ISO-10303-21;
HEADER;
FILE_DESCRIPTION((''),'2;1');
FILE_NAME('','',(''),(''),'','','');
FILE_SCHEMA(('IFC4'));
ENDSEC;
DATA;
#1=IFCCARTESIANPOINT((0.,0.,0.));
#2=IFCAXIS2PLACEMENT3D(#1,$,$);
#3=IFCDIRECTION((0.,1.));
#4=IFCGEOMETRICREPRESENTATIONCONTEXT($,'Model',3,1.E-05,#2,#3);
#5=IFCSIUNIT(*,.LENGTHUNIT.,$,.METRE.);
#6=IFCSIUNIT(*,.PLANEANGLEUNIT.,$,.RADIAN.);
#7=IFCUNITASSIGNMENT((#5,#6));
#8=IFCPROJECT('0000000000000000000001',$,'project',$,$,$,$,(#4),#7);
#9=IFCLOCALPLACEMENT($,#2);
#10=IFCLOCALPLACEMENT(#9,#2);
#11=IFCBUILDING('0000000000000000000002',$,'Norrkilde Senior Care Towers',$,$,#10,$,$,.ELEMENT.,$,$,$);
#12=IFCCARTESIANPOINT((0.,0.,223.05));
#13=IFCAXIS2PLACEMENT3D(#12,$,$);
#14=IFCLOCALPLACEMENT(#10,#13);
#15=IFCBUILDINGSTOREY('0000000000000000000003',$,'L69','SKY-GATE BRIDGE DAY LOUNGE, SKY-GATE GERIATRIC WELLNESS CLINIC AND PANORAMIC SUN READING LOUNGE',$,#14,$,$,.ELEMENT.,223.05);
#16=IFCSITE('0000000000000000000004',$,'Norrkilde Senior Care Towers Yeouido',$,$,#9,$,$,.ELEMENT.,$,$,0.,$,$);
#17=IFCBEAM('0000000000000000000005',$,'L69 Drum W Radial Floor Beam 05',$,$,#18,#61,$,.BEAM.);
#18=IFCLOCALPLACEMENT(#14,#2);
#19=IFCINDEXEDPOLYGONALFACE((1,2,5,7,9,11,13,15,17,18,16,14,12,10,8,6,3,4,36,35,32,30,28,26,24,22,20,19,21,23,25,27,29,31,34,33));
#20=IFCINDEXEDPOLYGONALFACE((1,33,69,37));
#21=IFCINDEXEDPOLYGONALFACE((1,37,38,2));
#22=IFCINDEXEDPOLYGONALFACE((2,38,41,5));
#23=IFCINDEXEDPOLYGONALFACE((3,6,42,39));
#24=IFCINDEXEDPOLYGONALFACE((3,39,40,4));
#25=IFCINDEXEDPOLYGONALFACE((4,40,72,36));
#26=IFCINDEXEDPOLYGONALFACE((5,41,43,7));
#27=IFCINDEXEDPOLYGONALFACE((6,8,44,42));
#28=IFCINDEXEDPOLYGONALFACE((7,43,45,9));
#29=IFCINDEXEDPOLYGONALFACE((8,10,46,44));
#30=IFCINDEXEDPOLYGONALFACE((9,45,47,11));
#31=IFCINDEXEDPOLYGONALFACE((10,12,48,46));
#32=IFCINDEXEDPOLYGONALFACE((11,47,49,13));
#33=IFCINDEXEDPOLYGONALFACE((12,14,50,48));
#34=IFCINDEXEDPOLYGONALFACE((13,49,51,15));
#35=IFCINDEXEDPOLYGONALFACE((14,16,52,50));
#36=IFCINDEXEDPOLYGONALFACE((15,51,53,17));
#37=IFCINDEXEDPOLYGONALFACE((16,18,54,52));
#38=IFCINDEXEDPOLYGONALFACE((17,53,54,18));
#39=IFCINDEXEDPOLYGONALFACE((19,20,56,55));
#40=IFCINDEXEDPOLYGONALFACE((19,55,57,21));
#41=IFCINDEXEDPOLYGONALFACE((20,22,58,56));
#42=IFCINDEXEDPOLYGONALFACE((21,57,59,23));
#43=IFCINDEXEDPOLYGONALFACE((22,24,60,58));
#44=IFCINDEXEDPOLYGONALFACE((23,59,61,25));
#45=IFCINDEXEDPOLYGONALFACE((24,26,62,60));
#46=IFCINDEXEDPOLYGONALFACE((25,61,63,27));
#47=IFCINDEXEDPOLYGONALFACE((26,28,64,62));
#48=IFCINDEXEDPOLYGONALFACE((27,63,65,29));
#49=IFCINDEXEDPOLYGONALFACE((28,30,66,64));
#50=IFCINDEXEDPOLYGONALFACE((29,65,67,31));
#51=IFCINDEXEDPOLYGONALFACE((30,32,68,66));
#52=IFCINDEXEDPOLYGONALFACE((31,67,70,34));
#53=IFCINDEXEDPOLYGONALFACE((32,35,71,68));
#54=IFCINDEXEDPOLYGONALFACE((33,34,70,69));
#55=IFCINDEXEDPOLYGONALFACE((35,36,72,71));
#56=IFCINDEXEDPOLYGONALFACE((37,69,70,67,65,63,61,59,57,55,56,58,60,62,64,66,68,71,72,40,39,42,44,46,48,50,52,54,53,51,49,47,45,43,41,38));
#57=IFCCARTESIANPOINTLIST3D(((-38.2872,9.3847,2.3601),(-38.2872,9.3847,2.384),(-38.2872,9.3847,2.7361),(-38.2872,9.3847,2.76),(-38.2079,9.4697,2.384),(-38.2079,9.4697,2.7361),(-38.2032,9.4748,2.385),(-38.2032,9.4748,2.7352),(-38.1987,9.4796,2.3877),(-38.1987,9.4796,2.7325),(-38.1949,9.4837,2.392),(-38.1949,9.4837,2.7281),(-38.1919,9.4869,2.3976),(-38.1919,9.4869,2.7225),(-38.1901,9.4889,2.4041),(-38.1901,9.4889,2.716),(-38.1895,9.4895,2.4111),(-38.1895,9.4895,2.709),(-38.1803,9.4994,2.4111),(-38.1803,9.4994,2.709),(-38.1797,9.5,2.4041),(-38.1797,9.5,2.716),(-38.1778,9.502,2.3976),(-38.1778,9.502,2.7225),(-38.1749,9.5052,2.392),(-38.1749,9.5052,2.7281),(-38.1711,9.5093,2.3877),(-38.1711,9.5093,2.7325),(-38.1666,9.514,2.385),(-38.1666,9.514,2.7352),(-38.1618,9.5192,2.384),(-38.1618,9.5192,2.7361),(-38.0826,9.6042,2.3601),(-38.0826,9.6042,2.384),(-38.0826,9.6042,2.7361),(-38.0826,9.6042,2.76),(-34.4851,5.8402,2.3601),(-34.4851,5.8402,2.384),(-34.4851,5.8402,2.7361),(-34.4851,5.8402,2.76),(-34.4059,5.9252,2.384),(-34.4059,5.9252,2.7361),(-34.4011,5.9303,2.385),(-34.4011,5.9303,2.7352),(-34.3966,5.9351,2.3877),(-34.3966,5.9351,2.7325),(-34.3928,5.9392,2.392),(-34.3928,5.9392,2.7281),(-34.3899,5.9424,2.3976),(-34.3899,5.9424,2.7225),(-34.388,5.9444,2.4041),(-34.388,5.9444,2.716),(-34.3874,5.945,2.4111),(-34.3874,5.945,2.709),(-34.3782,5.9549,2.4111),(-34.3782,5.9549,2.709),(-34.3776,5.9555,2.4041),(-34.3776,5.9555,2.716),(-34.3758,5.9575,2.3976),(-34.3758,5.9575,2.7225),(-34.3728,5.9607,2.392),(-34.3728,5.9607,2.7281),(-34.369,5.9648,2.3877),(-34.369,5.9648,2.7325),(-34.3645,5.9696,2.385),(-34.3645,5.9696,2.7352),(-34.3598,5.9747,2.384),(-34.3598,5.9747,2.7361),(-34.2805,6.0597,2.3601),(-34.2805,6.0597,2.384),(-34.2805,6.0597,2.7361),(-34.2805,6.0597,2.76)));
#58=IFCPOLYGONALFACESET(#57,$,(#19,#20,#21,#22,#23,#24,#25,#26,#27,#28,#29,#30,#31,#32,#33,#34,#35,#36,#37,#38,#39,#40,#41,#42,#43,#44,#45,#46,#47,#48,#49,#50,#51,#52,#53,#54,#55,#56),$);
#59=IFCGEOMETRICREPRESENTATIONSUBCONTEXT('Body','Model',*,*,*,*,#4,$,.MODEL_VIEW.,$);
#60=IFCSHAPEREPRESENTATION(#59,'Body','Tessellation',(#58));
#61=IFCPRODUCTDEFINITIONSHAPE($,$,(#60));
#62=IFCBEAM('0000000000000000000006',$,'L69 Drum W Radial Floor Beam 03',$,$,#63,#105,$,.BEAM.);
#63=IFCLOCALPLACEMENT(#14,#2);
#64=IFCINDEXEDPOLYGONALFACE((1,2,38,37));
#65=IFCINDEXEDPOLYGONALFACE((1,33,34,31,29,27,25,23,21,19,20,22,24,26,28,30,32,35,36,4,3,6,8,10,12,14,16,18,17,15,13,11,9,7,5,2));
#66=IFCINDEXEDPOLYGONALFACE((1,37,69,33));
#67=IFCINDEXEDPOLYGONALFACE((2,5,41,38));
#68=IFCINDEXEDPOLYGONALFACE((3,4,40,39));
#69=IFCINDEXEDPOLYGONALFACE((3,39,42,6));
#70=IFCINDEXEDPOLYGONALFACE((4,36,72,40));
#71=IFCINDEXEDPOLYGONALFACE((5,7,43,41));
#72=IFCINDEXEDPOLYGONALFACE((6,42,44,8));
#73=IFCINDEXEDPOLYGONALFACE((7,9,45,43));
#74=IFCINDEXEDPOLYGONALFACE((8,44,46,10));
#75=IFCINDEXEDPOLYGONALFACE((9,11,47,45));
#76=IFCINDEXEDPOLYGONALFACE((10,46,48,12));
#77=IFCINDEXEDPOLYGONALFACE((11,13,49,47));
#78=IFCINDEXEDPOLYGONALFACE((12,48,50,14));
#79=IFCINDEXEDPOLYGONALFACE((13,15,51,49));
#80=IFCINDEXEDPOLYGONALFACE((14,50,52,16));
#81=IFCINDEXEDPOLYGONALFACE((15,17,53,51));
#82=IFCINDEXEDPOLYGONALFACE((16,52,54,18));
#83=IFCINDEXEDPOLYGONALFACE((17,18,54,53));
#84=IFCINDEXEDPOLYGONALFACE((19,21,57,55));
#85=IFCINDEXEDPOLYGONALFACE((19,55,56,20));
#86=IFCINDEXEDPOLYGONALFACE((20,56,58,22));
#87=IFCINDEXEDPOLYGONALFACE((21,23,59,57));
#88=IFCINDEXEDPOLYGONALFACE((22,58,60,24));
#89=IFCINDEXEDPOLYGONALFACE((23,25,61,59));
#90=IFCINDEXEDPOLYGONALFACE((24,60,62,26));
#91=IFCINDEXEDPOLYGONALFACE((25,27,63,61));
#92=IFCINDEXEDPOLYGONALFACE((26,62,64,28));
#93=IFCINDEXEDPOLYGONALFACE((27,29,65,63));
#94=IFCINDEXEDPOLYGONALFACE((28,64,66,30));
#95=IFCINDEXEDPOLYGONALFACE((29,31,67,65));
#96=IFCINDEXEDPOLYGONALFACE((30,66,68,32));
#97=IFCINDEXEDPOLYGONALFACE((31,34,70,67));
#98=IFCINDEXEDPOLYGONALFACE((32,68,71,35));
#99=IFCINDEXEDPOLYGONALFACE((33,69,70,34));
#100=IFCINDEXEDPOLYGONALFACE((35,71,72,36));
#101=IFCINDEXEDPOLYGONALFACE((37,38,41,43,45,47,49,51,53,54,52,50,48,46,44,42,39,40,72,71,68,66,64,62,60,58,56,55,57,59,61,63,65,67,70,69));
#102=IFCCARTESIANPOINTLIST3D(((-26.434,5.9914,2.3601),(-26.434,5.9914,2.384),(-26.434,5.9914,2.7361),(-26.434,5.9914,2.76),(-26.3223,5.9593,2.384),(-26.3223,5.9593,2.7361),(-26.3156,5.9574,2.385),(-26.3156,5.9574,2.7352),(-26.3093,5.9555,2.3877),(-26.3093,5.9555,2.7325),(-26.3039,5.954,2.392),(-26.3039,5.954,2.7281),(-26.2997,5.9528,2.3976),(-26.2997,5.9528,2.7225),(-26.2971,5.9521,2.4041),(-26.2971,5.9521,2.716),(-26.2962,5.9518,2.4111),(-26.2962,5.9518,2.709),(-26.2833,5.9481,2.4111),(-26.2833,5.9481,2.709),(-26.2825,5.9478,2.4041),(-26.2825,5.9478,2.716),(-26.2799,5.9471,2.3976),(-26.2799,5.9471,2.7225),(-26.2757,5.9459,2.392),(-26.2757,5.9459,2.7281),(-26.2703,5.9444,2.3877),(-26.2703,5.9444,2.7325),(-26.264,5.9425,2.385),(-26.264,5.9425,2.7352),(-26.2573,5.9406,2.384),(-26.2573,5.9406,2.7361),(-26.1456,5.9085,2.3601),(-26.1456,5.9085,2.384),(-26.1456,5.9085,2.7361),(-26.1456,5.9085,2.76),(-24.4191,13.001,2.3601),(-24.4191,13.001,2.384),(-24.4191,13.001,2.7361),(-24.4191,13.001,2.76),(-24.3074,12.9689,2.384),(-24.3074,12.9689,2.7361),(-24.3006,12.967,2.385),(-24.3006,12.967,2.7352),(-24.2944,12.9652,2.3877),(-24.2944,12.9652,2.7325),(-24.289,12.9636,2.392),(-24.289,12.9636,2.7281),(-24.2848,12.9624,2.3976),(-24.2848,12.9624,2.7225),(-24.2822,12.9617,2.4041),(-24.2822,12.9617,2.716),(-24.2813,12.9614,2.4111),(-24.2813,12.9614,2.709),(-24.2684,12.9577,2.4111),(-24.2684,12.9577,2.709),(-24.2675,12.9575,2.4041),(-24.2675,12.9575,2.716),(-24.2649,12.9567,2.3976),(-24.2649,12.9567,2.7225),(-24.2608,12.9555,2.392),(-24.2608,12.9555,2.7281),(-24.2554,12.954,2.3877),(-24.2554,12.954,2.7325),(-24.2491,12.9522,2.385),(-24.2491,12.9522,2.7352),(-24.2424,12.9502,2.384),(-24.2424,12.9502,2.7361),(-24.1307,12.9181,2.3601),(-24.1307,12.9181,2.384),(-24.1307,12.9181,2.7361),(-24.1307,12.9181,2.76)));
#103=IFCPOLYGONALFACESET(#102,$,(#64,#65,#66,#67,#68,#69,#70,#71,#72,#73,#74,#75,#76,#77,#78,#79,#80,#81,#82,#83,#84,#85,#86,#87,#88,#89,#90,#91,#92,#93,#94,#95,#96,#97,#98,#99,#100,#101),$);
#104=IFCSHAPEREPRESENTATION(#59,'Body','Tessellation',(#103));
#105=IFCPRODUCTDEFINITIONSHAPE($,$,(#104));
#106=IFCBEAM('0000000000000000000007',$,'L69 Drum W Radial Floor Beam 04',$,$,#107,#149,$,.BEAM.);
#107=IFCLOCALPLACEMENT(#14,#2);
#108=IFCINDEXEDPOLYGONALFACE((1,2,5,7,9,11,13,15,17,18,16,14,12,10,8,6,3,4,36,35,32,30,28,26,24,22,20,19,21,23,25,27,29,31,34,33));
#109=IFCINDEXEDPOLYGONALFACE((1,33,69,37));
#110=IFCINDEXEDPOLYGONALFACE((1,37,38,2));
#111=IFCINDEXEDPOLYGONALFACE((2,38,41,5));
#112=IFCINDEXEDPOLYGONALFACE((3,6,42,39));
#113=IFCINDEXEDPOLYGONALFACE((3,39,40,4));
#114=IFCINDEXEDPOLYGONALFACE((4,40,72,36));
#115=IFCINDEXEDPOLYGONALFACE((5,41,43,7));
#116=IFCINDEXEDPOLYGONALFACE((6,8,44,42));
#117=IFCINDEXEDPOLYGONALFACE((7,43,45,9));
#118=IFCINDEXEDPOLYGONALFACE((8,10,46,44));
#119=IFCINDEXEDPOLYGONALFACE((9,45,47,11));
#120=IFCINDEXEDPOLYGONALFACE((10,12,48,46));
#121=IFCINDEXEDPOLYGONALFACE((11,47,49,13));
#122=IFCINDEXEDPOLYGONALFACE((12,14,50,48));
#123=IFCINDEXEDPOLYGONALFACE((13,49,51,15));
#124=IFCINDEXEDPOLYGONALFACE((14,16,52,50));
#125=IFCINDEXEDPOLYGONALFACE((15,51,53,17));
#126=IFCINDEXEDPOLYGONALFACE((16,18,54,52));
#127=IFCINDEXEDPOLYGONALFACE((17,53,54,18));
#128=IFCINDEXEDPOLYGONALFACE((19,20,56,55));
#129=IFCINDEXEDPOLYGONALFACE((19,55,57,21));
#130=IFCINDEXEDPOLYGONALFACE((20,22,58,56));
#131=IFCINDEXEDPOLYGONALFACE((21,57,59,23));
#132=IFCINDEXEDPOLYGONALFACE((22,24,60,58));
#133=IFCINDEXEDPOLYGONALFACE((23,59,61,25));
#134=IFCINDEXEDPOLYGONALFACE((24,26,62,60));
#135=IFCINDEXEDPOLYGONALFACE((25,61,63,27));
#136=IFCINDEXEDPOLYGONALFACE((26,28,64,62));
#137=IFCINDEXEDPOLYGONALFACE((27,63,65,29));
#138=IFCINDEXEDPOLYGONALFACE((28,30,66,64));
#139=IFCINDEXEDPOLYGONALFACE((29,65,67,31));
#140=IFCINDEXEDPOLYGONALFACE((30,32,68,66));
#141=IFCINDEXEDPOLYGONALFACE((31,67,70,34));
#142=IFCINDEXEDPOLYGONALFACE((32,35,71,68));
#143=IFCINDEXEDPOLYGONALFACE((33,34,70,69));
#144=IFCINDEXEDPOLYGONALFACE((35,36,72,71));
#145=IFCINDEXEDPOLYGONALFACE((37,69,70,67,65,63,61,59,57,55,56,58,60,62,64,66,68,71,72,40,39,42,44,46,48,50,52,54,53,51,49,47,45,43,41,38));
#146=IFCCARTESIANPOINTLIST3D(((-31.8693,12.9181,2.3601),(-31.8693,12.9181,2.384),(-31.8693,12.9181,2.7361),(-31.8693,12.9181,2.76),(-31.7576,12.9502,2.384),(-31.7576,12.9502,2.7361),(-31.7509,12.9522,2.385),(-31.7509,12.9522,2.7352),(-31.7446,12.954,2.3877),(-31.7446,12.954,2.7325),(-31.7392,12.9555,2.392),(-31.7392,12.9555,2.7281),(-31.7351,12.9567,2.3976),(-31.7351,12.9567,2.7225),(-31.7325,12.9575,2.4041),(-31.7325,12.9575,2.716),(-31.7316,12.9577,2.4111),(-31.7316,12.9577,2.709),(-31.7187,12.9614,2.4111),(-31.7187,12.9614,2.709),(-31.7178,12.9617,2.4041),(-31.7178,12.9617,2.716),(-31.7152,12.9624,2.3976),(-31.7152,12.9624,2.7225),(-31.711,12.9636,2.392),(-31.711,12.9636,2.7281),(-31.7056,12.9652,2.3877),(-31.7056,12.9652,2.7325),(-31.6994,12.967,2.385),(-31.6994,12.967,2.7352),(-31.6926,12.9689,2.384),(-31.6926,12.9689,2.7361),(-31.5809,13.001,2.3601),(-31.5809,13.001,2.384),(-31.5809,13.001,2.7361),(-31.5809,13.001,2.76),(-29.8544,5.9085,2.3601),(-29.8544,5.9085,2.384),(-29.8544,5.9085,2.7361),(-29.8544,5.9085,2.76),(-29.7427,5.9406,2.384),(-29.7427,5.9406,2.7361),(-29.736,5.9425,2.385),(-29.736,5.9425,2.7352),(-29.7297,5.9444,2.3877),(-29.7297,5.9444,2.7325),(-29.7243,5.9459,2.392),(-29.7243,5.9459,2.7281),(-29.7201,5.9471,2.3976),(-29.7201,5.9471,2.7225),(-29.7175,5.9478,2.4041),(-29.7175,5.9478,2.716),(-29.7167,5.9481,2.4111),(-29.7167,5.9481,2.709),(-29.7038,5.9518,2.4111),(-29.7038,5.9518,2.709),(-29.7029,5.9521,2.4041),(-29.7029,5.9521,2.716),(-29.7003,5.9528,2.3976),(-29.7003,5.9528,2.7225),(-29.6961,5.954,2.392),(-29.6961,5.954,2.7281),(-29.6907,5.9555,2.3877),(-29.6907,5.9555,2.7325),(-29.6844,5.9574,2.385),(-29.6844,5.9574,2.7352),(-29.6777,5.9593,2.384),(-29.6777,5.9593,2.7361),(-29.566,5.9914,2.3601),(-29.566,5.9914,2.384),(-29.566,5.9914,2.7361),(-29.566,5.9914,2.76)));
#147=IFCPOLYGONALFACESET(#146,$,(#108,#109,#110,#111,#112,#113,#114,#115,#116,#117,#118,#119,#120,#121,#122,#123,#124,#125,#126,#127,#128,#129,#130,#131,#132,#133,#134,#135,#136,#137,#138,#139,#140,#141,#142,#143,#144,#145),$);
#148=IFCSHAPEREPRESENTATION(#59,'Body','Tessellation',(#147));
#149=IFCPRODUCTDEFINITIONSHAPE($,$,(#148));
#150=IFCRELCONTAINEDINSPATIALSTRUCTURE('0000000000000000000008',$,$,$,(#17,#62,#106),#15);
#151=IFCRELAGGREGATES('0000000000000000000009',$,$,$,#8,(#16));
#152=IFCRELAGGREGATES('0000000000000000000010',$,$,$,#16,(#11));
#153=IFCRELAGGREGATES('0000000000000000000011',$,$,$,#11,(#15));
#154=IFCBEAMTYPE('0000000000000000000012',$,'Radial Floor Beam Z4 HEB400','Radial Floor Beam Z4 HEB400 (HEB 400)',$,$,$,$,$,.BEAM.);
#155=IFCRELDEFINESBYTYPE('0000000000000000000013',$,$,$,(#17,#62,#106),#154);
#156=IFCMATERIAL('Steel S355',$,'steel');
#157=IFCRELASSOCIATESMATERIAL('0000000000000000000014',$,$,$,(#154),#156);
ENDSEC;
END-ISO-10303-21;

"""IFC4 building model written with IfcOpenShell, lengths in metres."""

from ifc_helpers import new_model, si_unit, direction, frame, origin, origin_2d, place, context, subcontext, project, spatial, i_section, extrude, source, transform, mapped, material, material_profile, profile_set, type_object, type_shapes, element, save


model = new_model("IFC4")

# Units and contexts
model_context = context("Model", 3, precision=1e-05, world=origin(), true_north=direction((0.0, 1.0)))
body_context = subcontext(model_context, "Body", "Model", "MODEL_VIEW")
ifc_project = project(units=[si_unit("LENGTHUNIT", "METRE"), si_unit("PLANEANGLEUNIT", "RADIAN")], contexts=[model_context])

# Site, building, storey
site_placement = place(None, origin())
site = spatial("IfcSite", under=ifc_project, at=site_placement, Name="Norrkilde Senior Care Towers Yeouido", CompositionType="ELEMENT", RefElevation=0.0)
building_placement = place(site_placement, origin())
building = spatial("IfcBuilding", under=site, at=building_placement, Name="Norrkilde Senior Care Towers", CompositionType="ELEMENT")
storey_placement = place(building_placement, frame((0.0, 0.0, 223.05)))
storey = spatial("IfcBuildingStorey", under=building, at=storey_placement, Name="L69", Description="SKY-GATE BRIDGE DAY LOUNGE, SKY-GATE GERIATRIC WELLNESS CLINIC AND PANORAMIC SUN READING LOUNGE", CompositionType="ELEMENT", Elevation=223.05)

# Beams
ifc_material_1 = material(Name="Steel S355", Category="steel")
ifc_material_profile = material_profile(ifc_material_1, i_section(OverallWidth=0.3, OverallDepth=0.3999, WebThickness=0.0134, FlangeThickness=0.0239, FilletRadius=0.0271, at=origin_2d()), Name="HEB 400")
ifc_profile_set = profile_set([ifc_material_profile], Name="Steel S355")
beam_type = type_object("IfcBeamType", Name="Radial Floor Beam Z4 HEB400", Description="Radial Floor Beam Z4 HEB400 (HEB 400)", PredefinedType="BEAM", material=ifc_profile_set)
shared_shape_1 = source(origin(), body_context, "Body", "SweptSolid", [
    extrude(i_section(OverallWidth=0.3, OverallDepth=0.3999, WebThickness=0.0134, FlangeThickness=0.0239, FilletRadius=0.0271, at=origin_2d()), origin(), (0.0, 0.0, 1.0), 5.198),
])
beam_placement = place(storey_placement, frame((-34.3828, 5.95, 2.5601), z_axis=(-0.731449, 0.681896, 0.0), x_axis=(-0.681896, -0.731449, 0.0)))
element("IfcBeam", 1, at=beam_placement, inside=storey, type_object=beam_type, Name="L69 Drum W Radial Floor Beam 05", PredefinedType="BEAM", context=body_context, shape_type="MappedRepresentation", body=[
    mapped(shared_shape_1, transform((0.0, 0.0, 0.0), x_axis=(1.0, 0.0, 0.0), y_axis=(0.0, 1.0, 0.0), z_axis=(0.0, 0.0, 1.0), scale=1.0)),
])
shared_shape_2 = source(origin(), body_context, "Body", "SweptSolid", [
    extrude(i_section(OverallWidth=0.3, OverallDepth=0.3999, WebThickness=0.0134, FlangeThickness=0.0239, FilletRadius=0.0271, at=origin_2d()), origin(), (0.0, 0.0, 1.0), 7.2935),
])
type_shapes(beam_type, [shared_shape_1, shared_shape_2])
for number, where, z_axis, x_axis, name in (
    (2, (-26.2898, 5.95, 2.5601), (0.276264, 0.961082, 0.0), (-0.961082, 0.276264, 0.0), "L69 Drum W Radial Floor Beam 03"),
    (3, (-29.7102, 5.95, 2.5601), (-0.276264, 0.961082, 0.0), (-0.961082, -0.276264, 0.0), "L69 Drum W Radial Floor Beam 04"),
):
    element("IfcBeam", number, at=place(storey_placement, frame(where, z_axis=z_axis, x_axis=x_axis)), inside=storey, type_object=beam_type, Name=name, PredefinedType="BEAM", context=body_context, shape_type="MappedRepresentation", body=[
        mapped(shared_shape_2, transform((0.0, 0.0, 0.0), x_axis=(1.0, 0.0, 0.0), y_axis=(0.0, 1.0, 0.0), z_axis=(0.0, 0.0, 1.0), scale=1.0)),
    ])

save(model, "model.ifc")
